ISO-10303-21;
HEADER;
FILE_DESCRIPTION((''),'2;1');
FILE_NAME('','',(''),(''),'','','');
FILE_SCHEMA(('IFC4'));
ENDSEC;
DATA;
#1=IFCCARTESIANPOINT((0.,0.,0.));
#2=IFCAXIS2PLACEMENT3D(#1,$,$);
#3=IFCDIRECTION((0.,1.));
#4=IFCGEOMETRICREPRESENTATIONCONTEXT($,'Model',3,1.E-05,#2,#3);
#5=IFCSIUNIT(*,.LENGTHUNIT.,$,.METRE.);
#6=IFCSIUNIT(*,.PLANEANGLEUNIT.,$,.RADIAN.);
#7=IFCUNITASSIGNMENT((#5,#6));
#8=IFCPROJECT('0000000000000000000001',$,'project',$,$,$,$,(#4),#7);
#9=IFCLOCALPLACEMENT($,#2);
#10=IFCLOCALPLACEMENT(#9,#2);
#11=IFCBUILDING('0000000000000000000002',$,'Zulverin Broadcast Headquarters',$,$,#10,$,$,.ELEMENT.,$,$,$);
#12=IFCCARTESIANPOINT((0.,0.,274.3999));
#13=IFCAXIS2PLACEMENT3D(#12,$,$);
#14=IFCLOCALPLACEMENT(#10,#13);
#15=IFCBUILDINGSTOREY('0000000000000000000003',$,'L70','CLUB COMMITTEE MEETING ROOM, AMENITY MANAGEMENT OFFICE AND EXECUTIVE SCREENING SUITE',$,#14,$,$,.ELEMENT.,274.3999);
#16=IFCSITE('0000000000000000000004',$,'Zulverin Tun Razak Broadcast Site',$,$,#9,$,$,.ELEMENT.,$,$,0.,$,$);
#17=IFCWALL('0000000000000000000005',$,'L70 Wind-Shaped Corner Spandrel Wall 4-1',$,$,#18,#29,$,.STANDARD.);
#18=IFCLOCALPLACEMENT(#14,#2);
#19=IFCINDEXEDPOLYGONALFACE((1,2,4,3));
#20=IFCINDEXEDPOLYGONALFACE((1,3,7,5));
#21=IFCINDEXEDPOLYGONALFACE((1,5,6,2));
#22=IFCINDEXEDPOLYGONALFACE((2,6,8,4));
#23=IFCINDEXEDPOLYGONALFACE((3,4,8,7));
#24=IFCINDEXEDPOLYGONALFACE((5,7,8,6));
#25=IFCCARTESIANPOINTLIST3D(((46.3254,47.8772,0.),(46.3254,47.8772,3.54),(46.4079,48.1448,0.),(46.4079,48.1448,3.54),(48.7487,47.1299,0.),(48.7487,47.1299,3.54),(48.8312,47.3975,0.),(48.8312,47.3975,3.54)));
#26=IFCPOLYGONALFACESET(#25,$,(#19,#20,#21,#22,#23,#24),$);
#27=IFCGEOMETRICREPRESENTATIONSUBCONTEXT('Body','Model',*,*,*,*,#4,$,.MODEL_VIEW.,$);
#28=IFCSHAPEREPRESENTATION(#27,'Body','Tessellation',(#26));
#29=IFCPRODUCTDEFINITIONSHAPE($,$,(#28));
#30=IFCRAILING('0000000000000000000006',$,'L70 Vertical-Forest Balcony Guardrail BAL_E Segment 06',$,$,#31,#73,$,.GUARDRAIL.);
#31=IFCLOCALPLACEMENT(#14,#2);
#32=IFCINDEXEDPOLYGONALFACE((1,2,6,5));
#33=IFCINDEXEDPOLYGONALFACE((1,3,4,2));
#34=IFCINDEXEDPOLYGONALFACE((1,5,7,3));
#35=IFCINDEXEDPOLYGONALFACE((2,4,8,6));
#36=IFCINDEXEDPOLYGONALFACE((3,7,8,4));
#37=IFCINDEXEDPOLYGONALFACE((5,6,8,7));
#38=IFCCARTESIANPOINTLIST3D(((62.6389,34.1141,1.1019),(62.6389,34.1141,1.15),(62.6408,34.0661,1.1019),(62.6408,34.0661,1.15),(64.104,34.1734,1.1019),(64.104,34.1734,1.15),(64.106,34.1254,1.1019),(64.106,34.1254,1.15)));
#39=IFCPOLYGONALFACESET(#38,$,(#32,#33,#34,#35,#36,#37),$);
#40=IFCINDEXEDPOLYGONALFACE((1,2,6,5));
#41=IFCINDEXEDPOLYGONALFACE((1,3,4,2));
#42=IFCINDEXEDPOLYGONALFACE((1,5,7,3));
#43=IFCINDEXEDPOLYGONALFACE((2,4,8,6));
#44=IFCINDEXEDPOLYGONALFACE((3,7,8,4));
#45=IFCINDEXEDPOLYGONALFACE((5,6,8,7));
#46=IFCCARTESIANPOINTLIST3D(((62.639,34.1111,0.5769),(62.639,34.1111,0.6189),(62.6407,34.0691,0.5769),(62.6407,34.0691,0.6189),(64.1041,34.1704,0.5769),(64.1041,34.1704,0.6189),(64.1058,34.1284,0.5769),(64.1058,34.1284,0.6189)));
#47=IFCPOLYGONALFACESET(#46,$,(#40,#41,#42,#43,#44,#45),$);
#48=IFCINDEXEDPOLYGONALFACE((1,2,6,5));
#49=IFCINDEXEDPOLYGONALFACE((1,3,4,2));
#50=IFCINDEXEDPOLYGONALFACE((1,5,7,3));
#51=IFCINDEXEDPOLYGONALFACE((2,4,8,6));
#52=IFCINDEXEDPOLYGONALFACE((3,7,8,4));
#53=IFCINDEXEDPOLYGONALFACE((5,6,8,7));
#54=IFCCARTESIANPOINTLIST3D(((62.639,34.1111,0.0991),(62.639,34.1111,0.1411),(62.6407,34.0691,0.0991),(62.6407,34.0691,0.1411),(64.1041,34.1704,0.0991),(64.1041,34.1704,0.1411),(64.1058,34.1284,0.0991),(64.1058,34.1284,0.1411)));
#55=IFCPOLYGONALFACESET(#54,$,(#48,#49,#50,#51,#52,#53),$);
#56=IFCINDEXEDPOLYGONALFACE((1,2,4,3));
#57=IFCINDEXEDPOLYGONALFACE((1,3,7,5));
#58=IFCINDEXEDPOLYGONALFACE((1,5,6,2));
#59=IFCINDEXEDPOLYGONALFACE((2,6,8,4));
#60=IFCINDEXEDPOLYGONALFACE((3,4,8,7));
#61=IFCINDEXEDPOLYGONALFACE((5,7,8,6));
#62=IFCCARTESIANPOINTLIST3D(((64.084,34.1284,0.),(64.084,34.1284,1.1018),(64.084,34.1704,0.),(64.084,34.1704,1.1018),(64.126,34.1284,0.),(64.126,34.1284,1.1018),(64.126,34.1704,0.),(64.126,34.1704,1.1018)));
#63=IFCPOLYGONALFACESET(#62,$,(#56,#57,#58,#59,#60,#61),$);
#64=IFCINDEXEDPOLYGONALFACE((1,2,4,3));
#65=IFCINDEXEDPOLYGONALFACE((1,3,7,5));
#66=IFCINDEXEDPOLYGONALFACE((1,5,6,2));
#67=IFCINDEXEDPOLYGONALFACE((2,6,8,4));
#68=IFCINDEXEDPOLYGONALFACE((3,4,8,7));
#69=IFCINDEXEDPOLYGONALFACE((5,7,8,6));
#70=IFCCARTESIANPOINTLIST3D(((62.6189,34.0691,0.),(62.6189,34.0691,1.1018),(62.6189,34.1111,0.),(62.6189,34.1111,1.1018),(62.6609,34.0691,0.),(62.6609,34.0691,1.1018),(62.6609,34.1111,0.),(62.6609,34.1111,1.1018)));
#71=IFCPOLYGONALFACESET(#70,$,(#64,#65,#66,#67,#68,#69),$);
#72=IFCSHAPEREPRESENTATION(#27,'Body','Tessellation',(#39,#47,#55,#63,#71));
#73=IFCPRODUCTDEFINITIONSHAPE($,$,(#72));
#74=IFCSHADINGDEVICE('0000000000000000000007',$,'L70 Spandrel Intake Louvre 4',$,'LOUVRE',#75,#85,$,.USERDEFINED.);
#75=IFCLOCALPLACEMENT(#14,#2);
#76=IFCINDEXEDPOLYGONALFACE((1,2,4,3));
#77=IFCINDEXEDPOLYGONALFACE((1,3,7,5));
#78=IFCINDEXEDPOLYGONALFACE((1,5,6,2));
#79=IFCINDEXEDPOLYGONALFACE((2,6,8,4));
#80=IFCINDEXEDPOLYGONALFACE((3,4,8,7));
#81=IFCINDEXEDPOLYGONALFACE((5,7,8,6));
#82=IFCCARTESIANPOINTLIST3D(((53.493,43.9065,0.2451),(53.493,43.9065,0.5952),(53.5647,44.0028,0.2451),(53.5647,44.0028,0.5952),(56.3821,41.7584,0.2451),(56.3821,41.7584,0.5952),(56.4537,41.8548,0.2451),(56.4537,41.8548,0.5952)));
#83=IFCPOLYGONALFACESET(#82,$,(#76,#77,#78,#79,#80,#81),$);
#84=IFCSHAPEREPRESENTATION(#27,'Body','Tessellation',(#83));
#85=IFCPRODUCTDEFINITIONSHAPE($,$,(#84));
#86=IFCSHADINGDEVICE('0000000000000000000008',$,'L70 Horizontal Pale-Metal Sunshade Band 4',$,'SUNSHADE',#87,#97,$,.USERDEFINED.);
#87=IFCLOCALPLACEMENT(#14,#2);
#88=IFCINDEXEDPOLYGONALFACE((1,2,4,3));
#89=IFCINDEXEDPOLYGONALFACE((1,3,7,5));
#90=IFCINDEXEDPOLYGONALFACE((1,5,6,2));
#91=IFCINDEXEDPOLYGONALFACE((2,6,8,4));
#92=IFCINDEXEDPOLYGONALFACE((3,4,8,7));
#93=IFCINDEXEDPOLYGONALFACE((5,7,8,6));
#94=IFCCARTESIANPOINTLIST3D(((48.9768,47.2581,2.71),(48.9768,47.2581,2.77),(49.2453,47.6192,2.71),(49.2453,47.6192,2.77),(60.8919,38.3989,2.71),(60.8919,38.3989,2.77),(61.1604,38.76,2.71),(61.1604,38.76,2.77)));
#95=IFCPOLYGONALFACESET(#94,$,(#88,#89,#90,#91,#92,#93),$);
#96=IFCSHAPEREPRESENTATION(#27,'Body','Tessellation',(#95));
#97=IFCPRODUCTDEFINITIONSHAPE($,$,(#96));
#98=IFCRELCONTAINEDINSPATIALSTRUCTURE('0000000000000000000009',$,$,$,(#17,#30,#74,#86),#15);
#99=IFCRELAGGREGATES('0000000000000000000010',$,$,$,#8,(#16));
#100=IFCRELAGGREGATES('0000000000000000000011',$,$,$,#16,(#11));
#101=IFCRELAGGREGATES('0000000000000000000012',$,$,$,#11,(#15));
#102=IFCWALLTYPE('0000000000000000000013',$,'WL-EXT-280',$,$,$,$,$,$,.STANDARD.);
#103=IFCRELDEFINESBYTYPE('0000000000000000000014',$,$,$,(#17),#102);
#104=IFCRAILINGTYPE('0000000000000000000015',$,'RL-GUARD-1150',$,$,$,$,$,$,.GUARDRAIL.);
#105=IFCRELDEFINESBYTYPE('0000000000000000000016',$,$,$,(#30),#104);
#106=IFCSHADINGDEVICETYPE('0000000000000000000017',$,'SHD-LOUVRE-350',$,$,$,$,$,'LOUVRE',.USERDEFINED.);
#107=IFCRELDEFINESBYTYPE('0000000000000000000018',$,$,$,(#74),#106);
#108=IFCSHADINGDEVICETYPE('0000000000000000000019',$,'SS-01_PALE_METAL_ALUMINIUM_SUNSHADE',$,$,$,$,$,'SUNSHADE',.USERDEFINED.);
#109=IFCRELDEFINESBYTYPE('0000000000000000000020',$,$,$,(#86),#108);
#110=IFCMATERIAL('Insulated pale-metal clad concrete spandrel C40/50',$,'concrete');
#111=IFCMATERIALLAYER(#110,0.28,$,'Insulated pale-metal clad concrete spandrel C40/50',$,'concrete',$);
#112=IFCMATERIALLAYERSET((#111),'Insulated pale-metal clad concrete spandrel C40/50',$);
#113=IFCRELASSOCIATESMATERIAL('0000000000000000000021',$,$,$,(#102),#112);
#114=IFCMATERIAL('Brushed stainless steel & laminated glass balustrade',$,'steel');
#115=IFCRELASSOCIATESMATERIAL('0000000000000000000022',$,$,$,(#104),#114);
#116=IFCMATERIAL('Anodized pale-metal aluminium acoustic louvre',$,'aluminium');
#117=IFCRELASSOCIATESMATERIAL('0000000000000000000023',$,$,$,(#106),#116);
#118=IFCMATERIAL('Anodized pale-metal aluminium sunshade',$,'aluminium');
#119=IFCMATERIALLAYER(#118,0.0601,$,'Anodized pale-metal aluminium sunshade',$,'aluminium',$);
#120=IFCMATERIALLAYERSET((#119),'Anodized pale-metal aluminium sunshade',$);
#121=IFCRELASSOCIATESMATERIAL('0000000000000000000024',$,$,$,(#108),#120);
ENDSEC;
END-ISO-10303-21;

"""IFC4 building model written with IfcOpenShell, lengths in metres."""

from ifc_helpers import new_model, si_unit, direction, frame, frame_2d, origin, origin_2d, place, context, subcontext, project, spatial, rectangle, extrude, material, layer, layer_set, type_object, element, save


model = new_model("IFC4")

# Units and contexts
model_context = context("Model", 3, precision=1e-05, world=origin(), true_north=direction((0.0, 1.0)))
body_context = subcontext(model_context, "Body", "Model", "MODEL_VIEW")
ifc_project = project(units=[si_unit("LENGTHUNIT", "METRE"), si_unit("PLANEANGLEUNIT", "RADIAN")], contexts=[model_context])

# Site, building, storey
site_placement = place(None, origin())
site = spatial("IfcSite", under=ifc_project, at=site_placement, Name="Zulverin Tun Razak Broadcast Site", CompositionType="ELEMENT", RefElevation=0.0)
building_placement = place(site_placement, origin())
building = spatial("IfcBuilding", under=site, at=building_placement, Name="Zulverin Broadcast Headquarters", CompositionType="ELEMENT")
storey_placement = place(building_placement, frame((0.0, 0.0, 274.3999)))
storey = spatial("IfcBuildingStorey", under=building, at=storey_placement, Name="L70", Description="CLUB COMMITTEE MEETING ROOM, AMENITY MANAGEMENT OFFICE AND EXECUTIVE SCREENING SUITE", CompositionType="ELEMENT", Elevation=274.3999)

# Shared definitions
ifc_material_1 = material(Name="Insulated pale-metal clad concrete spandrel C40/50", Category="concrete")
ifc_layer_1 = layer(ifc_material_1, 0.28, Name="Insulated pale-metal clad concrete spandrel C40/50", Category="concrete")
ifc_layer_set_1 = layer_set([ifc_layer_1], Name="Insulated pale-metal clad concrete spandrel C40/50")
wall_type = type_object("IfcWallType", Name="WL-EXT-280", PredefinedType="STANDARD", material=ifc_layer_set_1)

# Wall
wall_1_placement = place(storey_placement, frame((48.79, 47.2637, 0.0), z_axis=(0.0, 0.0, 1.0), x_axis=(-0.955594, 0.294688, 0.0)))
element("IfcWall", 1, at=wall_1_placement, inside=storey, type_object=wall_type, Name="L70 Wind-Shaped Corner Spandrel Wall 4-1", PredefinedType="STANDARD", context=body_context, shape_type="SweptSolid", body=[
    extrude(rectangle(XDim=2.5359, YDim=0.28, at=frame_2d((1.2681, 0.0))), origin(), (0.0, 0.0, 1.0), 3.54),
])

# Railing
ifc_material_2 = material(Name="Brushed stainless steel & laminated glass balustrade", Category="steel")
railing_type = type_object("IfcRailingType", Name="RL-GUARD-1150", PredefinedType="GUARDRAIL", material=ifc_material_2)
railing_placement = place(storey_placement, frame((64.105, 34.1494, 0.0)))
element("IfcRailing", 2, at=railing_placement, inside=storey, type_object=railing_type, Name="L70 Vertical-Forest Balcony Guardrail BAL_E Segment 06", PredefinedType="GUARDRAIL", context=body_context, shape_type="SweptSolid", body=[
    extrude(rectangle(XDim=0.0481, YDim=0.0481, at=origin_2d()), frame((0.0, 0.0, 1.126), z_axis=(-0.999181, -0.04046, 0.0), x_axis=(0.04046, -0.999181, 0.0)), (0.0, 0.0, 1.0), 1.4663),
    extrude(rectangle(XDim=0.042, YDim=0.042, at=origin_2d()), frame((0.0, 0.0, 0.5979), z_axis=(-0.999181, -0.04046, 0.0), x_axis=(0.04046, -0.999181, 0.0)), (0.0, 0.0, 1.0), 1.4663),
    extrude(rectangle(XDim=0.042, YDim=0.042, at=origin_2d()), frame((0.0, 0.0, 0.1201), z_axis=(-0.999181, -0.04046, 0.0), x_axis=(0.04046, -0.999181, 0.0)), (0.0, 0.0, 1.0), 1.4663),
    extrude(rectangle(XDim=0.042, YDim=0.042, at=origin_2d()), origin(), (0.0, 0.0, 1.0), 1.1018),
    extrude(rectangle(XDim=0.042, YDim=0.042, at=origin_2d()), frame((-1.4651, -0.0593, 0.0)), (0.0, 0.0, 1.0), 1.1018),
])

# Shading devices
ifc_material_3 = material(Name="Anodized pale-metal aluminium acoustic louvre", Category="aluminium")
shading_device_type_1 = type_object("IfcShadingDeviceType", Name="SHD-LOUVRE-350", ElementType="LOUVRE", PredefinedType="USERDEFINED", material=ifc_material_3)
shading_device_1_placement = place(storey_placement, frame((54.9734, 42.8806, 0.2451), z_axis=(0.0, 0.0, 1.0), x_axis=(-0.802486, 0.59667, 0.0)))
element("IfcShadingDevice", 3, at=shading_device_1_placement, inside=storey, type_object=shading_device_type_1, Name="L70 Spandrel Intake Louvre 4", ObjectType="LOUVRE", PredefinedType="USERDEFINED", context=body_context, shape_type="SweptSolid", body=[
    extrude(rectangle(XDim=3.6001, YDim=0.1201, at=origin_2d()), origin(), (0.0, 0.0, 1.0), 0.3501),
])
ifc_material_4 = material(Name="Anodized pale-metal aluminium sunshade", Category="aluminium")
ifc_layer_2 = layer(ifc_material_4, 0.0601, Name="Anodized pale-metal aluminium sunshade", Category="aluminium")
ifc_layer_set_2 = layer_set([ifc_layer_2], Name="Anodized pale-metal aluminium sunshade")
shading_device_type_2 = type_object("IfcShadingDeviceType", Name="SS-01_PALE_METAL_ALUMINIUM_SUNSHADE", ElementType="SUNSHADE", PredefinedType="USERDEFINED", material=ifc_layer_set_2)
shading_device_2_placement = place(storey_placement, frame((55.0686, 43.009, 2.71), z_axis=(0.0, 0.0, 1.0), x_axis=(-0.802486, 0.59667, 0.0)))
element("IfcShadingDevice", 4, at=shading_device_2_placement, inside=storey, type_object=shading_device_type_2, Name="L70 Horizontal Pale-Metal Sunshade Band 4", ObjectType="SUNSHADE", PredefinedType="USERDEFINED", context=body_context, shape_type="SweptSolid", body=[
    extrude(rectangle(XDim=14.8477, YDim=0.45, at=origin_2d()), origin(), (0.0, 0.0, 1.0), 0.0601),
])

save(model, "model.ifc")
